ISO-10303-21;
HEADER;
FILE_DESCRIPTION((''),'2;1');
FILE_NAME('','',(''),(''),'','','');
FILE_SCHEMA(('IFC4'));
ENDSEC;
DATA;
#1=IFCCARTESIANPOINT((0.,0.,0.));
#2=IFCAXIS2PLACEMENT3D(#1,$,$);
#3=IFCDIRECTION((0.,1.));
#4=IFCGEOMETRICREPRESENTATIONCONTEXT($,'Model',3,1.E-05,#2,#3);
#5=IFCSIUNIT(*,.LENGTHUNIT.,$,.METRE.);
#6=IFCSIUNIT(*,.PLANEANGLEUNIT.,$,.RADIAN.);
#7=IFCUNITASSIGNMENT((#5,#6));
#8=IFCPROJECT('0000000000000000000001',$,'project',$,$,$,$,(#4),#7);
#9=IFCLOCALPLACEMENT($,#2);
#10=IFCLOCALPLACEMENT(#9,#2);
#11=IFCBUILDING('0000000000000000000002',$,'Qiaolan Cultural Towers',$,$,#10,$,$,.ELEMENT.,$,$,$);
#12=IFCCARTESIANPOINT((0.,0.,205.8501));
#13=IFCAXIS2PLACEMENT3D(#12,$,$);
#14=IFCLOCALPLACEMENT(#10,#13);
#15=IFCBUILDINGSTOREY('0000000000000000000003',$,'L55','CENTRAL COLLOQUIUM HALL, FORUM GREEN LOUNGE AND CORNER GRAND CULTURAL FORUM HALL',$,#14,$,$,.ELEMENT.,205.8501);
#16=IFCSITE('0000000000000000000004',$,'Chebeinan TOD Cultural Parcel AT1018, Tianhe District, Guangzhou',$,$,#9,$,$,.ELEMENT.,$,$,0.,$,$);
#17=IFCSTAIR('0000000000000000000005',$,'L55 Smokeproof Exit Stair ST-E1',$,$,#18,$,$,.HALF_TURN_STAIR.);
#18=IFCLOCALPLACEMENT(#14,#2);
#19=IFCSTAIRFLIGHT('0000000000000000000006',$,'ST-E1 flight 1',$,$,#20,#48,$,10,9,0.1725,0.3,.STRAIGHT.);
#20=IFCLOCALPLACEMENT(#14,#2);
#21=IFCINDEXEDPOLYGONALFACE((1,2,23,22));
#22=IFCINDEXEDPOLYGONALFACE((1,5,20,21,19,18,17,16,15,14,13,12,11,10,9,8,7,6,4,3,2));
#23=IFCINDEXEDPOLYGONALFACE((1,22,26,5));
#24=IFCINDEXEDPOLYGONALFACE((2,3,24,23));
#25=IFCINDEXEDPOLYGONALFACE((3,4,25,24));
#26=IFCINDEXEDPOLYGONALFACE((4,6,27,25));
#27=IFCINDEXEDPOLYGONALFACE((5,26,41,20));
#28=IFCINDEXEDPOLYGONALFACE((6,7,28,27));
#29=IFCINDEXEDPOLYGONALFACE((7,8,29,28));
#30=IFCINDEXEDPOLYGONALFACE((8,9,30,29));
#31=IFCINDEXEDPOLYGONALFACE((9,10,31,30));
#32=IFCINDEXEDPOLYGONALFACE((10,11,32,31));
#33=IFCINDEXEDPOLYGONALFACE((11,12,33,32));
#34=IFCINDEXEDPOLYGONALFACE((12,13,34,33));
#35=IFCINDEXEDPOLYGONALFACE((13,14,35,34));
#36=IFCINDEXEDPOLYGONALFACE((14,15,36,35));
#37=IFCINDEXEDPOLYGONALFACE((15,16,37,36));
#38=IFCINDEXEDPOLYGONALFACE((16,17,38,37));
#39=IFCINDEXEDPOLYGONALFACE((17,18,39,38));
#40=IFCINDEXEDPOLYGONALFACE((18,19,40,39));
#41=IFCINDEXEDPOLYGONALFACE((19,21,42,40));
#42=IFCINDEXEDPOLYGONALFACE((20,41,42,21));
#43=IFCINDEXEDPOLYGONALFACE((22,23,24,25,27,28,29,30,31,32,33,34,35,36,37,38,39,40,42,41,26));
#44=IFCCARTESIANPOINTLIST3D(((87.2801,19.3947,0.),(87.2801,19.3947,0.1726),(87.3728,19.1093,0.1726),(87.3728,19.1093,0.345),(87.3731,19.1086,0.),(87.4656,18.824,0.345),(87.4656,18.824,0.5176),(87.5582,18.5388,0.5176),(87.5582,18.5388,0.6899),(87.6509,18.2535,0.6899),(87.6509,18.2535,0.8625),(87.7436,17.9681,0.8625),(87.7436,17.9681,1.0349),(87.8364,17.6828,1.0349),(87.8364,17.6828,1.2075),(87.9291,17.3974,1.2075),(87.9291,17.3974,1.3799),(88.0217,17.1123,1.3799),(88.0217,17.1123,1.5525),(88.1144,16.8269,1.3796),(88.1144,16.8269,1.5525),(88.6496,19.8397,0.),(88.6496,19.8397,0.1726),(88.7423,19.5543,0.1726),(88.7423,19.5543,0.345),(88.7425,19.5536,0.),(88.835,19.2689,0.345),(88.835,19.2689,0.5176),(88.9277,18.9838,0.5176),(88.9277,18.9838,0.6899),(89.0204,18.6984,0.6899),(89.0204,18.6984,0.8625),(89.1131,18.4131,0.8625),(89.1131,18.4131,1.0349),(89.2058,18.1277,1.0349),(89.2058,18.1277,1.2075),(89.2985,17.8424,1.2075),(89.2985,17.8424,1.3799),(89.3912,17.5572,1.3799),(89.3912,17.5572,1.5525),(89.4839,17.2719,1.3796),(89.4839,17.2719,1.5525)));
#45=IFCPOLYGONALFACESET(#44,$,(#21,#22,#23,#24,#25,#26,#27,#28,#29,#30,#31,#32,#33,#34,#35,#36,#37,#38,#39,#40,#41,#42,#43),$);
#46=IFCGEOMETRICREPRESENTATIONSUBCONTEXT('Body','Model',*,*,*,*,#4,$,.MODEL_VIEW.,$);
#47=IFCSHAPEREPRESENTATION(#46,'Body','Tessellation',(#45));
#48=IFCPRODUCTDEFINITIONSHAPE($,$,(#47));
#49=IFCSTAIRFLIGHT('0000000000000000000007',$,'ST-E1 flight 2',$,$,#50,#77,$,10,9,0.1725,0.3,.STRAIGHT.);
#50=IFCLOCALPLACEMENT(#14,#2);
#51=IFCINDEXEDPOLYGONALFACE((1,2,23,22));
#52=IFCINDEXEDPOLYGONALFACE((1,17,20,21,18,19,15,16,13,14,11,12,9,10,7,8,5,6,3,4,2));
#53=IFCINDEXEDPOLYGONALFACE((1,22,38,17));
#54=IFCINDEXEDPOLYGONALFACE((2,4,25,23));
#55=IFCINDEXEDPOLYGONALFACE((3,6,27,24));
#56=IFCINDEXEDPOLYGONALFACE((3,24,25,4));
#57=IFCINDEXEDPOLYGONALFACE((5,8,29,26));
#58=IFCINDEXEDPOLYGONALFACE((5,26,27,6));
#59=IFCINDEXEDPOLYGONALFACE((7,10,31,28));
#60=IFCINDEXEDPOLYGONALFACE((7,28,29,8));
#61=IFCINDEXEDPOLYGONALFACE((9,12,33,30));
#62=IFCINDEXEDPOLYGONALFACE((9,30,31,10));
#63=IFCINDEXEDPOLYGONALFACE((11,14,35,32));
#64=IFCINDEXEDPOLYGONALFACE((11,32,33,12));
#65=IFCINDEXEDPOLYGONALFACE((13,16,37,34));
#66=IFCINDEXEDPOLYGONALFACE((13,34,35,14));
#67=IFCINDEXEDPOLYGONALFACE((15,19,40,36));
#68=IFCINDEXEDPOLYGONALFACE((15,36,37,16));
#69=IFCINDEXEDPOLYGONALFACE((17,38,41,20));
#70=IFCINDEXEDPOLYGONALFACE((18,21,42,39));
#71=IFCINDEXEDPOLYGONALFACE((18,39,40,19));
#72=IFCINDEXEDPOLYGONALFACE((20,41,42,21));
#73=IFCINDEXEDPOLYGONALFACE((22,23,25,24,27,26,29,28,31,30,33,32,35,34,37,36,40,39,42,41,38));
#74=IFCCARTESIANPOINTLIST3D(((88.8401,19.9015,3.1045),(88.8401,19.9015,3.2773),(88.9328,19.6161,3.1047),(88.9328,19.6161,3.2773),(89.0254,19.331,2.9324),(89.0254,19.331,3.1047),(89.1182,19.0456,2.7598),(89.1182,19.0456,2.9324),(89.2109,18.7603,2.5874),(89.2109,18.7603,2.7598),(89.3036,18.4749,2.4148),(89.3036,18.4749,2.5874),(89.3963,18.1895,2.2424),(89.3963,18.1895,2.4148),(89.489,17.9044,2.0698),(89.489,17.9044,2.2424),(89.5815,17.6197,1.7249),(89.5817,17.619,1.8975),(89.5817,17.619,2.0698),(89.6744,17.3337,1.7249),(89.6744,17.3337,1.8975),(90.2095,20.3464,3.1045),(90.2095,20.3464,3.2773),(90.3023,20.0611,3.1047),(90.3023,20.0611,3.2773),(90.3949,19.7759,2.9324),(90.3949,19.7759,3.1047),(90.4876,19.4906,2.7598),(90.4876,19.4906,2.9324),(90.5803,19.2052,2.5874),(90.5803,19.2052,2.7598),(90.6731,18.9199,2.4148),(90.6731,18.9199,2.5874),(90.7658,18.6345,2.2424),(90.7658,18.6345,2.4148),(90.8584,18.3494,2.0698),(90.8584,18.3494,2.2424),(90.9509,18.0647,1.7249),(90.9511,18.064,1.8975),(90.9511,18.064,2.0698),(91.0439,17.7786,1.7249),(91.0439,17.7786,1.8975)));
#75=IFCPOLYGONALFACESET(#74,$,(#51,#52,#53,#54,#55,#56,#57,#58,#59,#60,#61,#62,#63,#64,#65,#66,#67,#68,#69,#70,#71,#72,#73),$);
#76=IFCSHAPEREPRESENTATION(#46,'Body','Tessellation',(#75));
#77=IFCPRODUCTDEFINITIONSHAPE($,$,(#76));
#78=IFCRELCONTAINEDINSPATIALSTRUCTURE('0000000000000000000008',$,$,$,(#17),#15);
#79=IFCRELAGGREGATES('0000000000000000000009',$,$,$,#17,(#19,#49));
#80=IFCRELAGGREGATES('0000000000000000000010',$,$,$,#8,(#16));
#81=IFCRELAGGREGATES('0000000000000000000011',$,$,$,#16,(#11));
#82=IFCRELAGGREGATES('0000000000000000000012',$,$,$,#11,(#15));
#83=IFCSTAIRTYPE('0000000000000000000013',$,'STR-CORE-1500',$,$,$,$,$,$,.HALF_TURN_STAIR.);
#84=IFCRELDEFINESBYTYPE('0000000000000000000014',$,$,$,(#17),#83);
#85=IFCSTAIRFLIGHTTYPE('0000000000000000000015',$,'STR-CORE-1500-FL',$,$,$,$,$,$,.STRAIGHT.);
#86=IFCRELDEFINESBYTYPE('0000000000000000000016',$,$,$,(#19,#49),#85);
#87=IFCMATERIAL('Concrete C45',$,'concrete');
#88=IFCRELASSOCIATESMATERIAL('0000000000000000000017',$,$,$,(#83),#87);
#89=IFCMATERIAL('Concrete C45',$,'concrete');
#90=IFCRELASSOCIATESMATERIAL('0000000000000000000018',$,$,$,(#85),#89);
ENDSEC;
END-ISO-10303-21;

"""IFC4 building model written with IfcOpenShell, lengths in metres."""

from ifc_helpers import new_model, si_unit, direction, frame, origin, place, context, subcontext, project, spatial, polyline, outline, extrude, material, type_object, element, aggregate, save


model = new_model("IFC4")

# Units and contexts
model_context = context("Model", 3, precision=1e-05, world=origin(), true_north=direction((0.0, 1.0)))
body_context = subcontext(model_context, "Body", "Model", "MODEL_VIEW")
ifc_project = project(units=[si_unit("LENGTHUNIT", "METRE"), si_unit("PLANEANGLEUNIT", "RADIAN")], contexts=[model_context])

# Site, building, storey
site_placement = place(None, origin())
site = spatial("IfcSite", under=ifc_project, at=site_placement, Name="Chebeinan TOD Cultural Parcel AT1018, Tianhe District, Guangzhou", CompositionType="ELEMENT", RefElevation=0.0)
building_placement = place(site_placement, origin())
building = spatial("IfcBuilding", under=site, at=building_placement, Name="Qiaolan Cultural Towers", CompositionType="ELEMENT")
storey_placement = place(building_placement, frame((0.0, 0.0, 205.8501)))
storey = spatial("IfcBuildingStorey", under=building, at=storey_placement, Name="L55", Description="CENTRAL COLLOQUIUM HALL, FORUM GREEN LOUNGE AND CORNER GRAND CULTURAL FORUM HALL", CompositionType="ELEMENT", Elevation=205.8501)

# Stair, stair flights
ifc_material_1 = material(Name="Concrete C45", Category="concrete")
stair_type = type_object("IfcStairType", Name="STR-CORE-1500", PredefinedType="HALF_TURN_STAIR", material=ifc_material_1)
stair_placement = place(storey_placement, origin())
stair = element("IfcStair", 1, at=stair_placement, inside=storey, type_object=stair_type, Name="L55 Smokeproof Exit Stair ST-E1", PredefinedType="HALF_TURN_STAIR")
ifc_material_2 = material(Name="Concrete C45", Category="concrete")
stair_flight_type = type_object("IfcStairFlightType", Name="STR-CORE-1500-FL", PredefinedType="STRAIGHT", material=ifc_material_2)
stair_flight_1_placement = place(storey_placement, frame((87.9648, 19.6172, 0.0), z_axis=(0.0, 0.0, 1.0), x_axis=(0.309017, -0.951057, 0.0)))
stair_flight_1 = element("IfcStairFlight", 2, at=stair_flight_1_placement, type_object=stair_flight_type, Name="ST-E1 flight 1", NumberOfRisers=10, NumberOfTreads=9, PredefinedType="STRAIGHT", RiserHeight=0.1725, TreadLength=0.3, context=body_context, shape_type="SweptSolid", body=[
    extrude(outline(polyline([(0.0, 0.0), (0.0, 0.1726), (0.3, 0.1726), (0.3, 0.345), (0.6001, 0.345), (0.6001, 0.5176), (0.8999, 0.5176), (0.8999, 0.6899), (1.2, 0.6899), (1.2, 0.8625), (1.5, 0.8625), (1.5, 1.0349), (1.8, 1.0349), (1.8, 1.2075), (2.1001, 1.2075), (2.1001, 1.3799), (2.3999, 1.3799), (2.3999, 1.5525), (2.7, 1.5525), (2.7, 1.7251), (2.7, 1.3796), (0.3008, 0.0), (0.0, 0.0)])), frame((0.0, 0.72, 0.0), z_axis=(0.0, -1.0, 0.0), x_axis=(1.0, 0.0, 0.0)), (0.0, 0.0, 1.0), 1.4399),
])
stair_flight_2_placement = place(storey_placement, frame((90.3591, 17.5562, 1.7249), z_axis=(0.0, 0.0, 1.0), x_axis=(-0.309017, 0.951057, 0.0)))
stair_flight_2 = element("IfcStairFlight", 3, at=stair_flight_2_placement, type_object=stair_flight_type, Name="ST-E1 flight 2", NumberOfRisers=10, NumberOfTreads=9, PredefinedType="STRAIGHT", RiserHeight=0.1725, TreadLength=0.3, context=body_context, shape_type="SweptSolid", body=[
    extrude(outline(polyline([(0.0, 0.0), (0.0, 0.1726), (0.3, 0.1726), (0.3, 0.345), (0.6001, 0.345), (0.6001, 0.5176), (0.8999, 0.5176), (0.8999, 0.6899), (1.2, 0.6899), (1.2, 0.8625), (1.5, 0.8625), (1.5, 1.0349), (1.8, 1.0349), (1.8, 1.2075), (2.1001, 1.2075), (2.1001, 1.3799), (2.3999, 1.3799), (2.3999, 1.5525), (2.7, 1.5525), (2.7, 1.7251), (2.7, 1.3796), (0.3008, 0.0), (0.0, 0.0)])), frame((0.0, 0.72, 0.0), z_axis=(0.0, -1.0, 0.0), x_axis=(1.0, 0.0, 0.0)), (0.0, 0.0, 1.0), 1.4399),
])
aggregate(stair, [stair_flight_1, stair_flight_2])

save(model, "model.ifc")
